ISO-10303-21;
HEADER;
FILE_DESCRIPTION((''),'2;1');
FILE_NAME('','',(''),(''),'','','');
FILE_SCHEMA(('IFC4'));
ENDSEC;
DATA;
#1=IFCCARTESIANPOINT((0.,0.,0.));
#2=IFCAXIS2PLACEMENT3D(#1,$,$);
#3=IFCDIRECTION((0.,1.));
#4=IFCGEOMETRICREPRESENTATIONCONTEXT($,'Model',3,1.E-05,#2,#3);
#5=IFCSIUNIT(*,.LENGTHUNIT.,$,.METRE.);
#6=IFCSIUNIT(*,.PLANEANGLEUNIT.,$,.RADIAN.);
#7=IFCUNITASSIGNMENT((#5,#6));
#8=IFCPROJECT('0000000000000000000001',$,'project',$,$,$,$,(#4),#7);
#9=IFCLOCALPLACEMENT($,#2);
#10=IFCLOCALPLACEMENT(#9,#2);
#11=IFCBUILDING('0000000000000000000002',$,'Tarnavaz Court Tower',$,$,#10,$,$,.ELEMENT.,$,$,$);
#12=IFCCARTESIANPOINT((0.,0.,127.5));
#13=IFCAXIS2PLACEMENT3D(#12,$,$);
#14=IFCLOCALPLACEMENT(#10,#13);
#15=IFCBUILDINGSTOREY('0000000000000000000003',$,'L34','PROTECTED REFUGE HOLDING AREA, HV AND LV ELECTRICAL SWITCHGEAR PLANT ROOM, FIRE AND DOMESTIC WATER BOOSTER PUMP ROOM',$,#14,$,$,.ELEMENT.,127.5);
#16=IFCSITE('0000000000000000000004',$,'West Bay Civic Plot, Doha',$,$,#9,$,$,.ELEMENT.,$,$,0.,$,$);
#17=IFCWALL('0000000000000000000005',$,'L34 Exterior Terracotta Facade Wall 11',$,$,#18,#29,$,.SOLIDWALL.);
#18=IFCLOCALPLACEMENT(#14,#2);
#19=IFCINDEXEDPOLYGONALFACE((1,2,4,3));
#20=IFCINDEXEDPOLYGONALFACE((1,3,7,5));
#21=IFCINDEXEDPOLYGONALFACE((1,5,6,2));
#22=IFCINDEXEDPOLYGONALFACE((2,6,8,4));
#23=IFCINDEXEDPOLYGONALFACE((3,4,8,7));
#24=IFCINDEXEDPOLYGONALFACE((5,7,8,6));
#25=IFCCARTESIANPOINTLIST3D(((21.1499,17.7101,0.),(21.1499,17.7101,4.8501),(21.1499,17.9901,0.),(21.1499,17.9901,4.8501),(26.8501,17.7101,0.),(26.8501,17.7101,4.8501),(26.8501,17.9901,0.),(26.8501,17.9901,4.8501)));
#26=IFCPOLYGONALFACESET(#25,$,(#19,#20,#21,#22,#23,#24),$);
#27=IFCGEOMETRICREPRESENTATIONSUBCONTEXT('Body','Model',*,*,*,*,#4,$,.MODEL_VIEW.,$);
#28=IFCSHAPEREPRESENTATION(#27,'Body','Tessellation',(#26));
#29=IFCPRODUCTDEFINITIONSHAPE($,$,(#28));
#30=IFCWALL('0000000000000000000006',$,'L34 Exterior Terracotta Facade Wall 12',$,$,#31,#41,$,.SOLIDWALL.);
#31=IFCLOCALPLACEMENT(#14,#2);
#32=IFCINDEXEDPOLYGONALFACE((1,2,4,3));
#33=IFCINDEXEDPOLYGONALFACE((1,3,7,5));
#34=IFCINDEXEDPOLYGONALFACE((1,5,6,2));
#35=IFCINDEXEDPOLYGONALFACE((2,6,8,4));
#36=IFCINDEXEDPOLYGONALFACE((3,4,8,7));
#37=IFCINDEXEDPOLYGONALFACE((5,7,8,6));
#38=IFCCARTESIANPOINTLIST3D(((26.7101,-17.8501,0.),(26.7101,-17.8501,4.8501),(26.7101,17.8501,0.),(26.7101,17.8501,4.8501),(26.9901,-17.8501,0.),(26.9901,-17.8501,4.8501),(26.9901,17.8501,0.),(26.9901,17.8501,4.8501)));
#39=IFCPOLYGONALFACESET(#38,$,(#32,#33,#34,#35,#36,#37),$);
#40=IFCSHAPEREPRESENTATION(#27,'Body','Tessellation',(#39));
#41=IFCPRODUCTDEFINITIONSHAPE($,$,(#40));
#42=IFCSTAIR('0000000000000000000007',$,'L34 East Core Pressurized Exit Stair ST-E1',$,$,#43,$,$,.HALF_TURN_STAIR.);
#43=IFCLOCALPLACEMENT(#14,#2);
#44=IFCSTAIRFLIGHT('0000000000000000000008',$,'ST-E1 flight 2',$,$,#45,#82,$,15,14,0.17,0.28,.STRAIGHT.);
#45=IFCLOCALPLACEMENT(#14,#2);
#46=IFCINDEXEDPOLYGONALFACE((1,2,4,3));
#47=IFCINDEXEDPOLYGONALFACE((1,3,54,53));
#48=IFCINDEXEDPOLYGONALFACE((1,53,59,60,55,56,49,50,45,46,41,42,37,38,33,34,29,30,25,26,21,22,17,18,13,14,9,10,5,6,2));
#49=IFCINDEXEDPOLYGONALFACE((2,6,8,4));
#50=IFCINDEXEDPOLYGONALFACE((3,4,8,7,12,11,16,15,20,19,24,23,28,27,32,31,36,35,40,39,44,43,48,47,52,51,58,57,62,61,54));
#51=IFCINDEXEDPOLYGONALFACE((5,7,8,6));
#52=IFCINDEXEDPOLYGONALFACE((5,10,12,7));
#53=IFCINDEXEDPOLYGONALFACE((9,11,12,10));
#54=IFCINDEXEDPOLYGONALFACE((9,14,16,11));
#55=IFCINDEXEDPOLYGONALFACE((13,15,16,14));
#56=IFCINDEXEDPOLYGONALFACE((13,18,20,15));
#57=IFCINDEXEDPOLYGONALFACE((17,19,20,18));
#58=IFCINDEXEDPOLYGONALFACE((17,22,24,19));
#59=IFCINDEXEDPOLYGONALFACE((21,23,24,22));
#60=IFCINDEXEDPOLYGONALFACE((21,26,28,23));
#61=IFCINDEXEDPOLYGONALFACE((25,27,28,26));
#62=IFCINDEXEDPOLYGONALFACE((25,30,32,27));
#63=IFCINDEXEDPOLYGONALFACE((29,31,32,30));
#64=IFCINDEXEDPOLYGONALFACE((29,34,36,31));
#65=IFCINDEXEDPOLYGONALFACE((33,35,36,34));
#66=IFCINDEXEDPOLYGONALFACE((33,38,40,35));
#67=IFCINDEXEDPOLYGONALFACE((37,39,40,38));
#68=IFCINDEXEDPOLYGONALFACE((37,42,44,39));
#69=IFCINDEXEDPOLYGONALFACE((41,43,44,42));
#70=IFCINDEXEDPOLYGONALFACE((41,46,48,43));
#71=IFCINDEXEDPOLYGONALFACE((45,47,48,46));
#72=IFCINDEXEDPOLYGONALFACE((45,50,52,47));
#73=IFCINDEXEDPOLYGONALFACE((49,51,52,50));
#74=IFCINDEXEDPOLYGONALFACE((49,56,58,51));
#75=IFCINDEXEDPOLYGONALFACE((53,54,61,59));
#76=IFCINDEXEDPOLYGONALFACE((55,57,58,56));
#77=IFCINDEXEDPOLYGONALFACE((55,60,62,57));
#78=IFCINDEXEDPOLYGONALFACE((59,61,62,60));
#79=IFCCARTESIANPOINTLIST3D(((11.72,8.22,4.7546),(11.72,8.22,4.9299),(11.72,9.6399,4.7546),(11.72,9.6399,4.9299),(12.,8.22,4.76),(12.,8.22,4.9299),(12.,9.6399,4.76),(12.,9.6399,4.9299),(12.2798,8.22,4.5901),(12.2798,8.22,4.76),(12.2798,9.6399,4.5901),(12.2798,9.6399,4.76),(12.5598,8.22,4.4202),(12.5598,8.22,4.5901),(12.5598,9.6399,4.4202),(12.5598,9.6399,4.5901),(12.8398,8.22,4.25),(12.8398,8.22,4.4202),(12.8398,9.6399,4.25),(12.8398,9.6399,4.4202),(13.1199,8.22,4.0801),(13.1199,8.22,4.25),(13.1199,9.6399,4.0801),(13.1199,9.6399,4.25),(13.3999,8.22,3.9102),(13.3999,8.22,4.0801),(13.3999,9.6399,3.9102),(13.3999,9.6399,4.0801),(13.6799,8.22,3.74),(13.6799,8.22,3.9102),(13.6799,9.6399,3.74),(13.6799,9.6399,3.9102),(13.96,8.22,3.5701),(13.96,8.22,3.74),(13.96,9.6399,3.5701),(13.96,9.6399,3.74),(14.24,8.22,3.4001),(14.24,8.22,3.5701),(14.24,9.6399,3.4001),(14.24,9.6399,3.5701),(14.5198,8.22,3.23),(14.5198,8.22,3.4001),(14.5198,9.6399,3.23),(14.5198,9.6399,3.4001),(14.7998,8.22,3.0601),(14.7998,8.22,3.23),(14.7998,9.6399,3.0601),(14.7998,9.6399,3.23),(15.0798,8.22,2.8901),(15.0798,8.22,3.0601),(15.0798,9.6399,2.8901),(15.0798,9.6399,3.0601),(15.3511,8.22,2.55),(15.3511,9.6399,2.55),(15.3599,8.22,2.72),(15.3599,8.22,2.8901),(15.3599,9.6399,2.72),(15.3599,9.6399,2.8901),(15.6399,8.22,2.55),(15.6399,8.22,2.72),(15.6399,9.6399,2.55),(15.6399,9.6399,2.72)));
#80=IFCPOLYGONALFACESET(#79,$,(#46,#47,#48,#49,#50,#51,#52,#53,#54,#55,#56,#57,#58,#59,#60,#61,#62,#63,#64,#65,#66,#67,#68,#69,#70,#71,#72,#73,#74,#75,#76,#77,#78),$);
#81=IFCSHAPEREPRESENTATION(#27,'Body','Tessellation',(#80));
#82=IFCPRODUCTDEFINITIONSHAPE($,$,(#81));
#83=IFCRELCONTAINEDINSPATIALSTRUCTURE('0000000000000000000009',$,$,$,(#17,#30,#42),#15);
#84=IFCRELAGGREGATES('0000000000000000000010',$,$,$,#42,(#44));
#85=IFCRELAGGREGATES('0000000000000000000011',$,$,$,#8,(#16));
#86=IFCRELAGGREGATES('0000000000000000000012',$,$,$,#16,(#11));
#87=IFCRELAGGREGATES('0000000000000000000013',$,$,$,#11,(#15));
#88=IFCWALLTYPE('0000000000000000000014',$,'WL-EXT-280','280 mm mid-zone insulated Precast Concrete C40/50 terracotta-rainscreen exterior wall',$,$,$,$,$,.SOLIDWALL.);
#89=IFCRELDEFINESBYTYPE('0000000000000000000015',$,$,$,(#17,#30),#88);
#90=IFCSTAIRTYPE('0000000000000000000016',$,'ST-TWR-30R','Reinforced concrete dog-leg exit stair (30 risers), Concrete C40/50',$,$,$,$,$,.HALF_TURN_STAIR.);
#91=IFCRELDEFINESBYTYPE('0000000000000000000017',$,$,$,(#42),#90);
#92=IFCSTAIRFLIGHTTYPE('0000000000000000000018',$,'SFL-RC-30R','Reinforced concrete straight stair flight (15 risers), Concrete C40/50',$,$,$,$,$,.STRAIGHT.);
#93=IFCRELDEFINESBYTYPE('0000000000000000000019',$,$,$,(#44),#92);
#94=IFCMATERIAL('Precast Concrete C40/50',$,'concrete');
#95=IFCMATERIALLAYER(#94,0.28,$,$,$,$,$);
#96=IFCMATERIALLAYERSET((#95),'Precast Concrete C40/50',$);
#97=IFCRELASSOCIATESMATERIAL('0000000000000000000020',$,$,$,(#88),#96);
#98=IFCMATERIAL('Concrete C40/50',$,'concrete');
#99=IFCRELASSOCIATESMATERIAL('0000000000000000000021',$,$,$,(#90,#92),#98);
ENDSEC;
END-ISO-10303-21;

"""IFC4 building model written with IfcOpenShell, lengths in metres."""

from ifc_helpers import new_model, si_unit, direction, frame, frame_2d, origin, place, context, subcontext, project, spatial, polyline, rectangle, outline, extrude, material, layer, layer_set, type_object, element, aggregate, save


model = new_model("IFC4")

# Units and contexts
model_context = context("Model", 3, precision=1e-05, world=origin(), true_north=direction((0.0, 1.0)))
body_context = subcontext(model_context, "Body", "Model", "MODEL_VIEW")
ifc_project = project(units=[si_unit("LENGTHUNIT", "METRE"), si_unit("PLANEANGLEUNIT", "RADIAN")], contexts=[model_context])

# Site, building, storey
site_placement = place(None, origin())
site = spatial("IfcSite", under=ifc_project, at=site_placement, Name="West Bay Civic Plot, Doha", CompositionType="ELEMENT", RefElevation=0.0)
building_placement = place(site_placement, origin())
building = spatial("IfcBuilding", under=site, at=building_placement, Name="Tarnavaz Court Tower", CompositionType="ELEMENT")
storey_placement = place(building_placement, frame((0.0, 0.0, 127.5)))
storey = spatial("IfcBuildingStorey", under=building, at=storey_placement, Name="L34", Description="PROTECTED REFUGE HOLDING AREA, HV AND LV ELECTRICAL SWITCHGEAR PLANT ROOM, FIRE AND DOMESTIC WATER BOOSTER PUMP ROOM", CompositionType="ELEMENT", Elevation=127.5)

# Walls
ifc_material_1 = material(Name="Precast Concrete C40/50", Category="concrete")
ifc_layer_1 = layer(ifc_material_1, 0.28)
ifc_layer_set_1 = layer_set([ifc_layer_1], Name="Precast Concrete C40/50")
wall_type = type_object("IfcWallType", Name="WL-EXT-280", Description="280 mm mid-zone insulated Precast Concrete C40/50 terracotta-rainscreen exterior wall", PredefinedType="SOLIDWALL", material=ifc_layer_set_1)
wall_1_placement = place(storey_placement, frame((21.1499, 17.8501, 0.0), z_axis=(0.0, 0.0, 1.0), x_axis=(1.0, 0.0, 0.0)))
element("IfcWall", 1, at=wall_1_placement, inside=storey, type_object=wall_type, Name="L34 Exterior Terracotta Facade Wall 11", PredefinedType="SOLIDWALL", context=body_context, shape_type="SweptSolid", body=[
    extrude(rectangle(XDim=5.7002, YDim=0.28, at=frame_2d((2.8501, 0.0))), origin(), (0.0, 0.0, 1.0), 4.8501),
])
wall_2_placement = place(storey_placement, frame((26.8501, 17.8501, 0.0), z_axis=(0.0, 0.0, 1.0), x_axis=(0.0, -1.0, 0.0)))
element("IfcWall", 2, at=wall_2_placement, inside=storey, type_object=wall_type, Name="L34 Exterior Terracotta Facade Wall 12", PredefinedType="SOLIDWALL", context=body_context, shape_type="SweptSolid", body=[
    extrude(rectangle(XDim=35.7002, YDim=0.28, at=frame_2d((17.8501, 0.0))), origin(), (0.0, 0.0, 1.0), 4.8501),
])

# Stair, stair flight
ifc_material_2 = material(Name="Concrete C40/50", Category="concrete")
stair_type = type_object("IfcStairType", Name="ST-TWR-30R", Description="Reinforced concrete dog-leg exit stair (30 risers), Concrete C40/50", PredefinedType="HALF_TURN_STAIR", material=ifc_material_2)
stair_placement = place(storey_placement, origin())
stair = element("IfcStair", 3, at=stair_placement, inside=storey, type_object=stair_type, Name="L34 East Core Pressurized Exit Stair ST-E1", PredefinedType="HALF_TURN_STAIR")
stair_flight_type = type_object("IfcStairFlightType", Name="SFL-RC-30R", Description="Reinforced concrete straight stair flight (15 risers), Concrete C40/50", PredefinedType="STRAIGHT", material=ifc_material_2)
stair_flight_placement = place(storey_placement, frame((15.6399, 8.9299, 2.55), z_axis=(0.0, 0.0, 1.0), x_axis=(-1.0, 0.0, 0.0)))
stair_flight = element("IfcStairFlight", 4, at=stair_flight_placement, type_object=stair_flight_type, Name="ST-E1 flight 2", NumberOfRisers=15, NumberOfTreads=14, PredefinedType="STRAIGHT", RiserHeight=0.17, TreadLength=0.28, context=body_context, shape_type="SweptSolid", body=[
    extrude(outline(polyline([(0.0, 0.0), (0.0, 0.1699), (0.28, 0.1699), (0.28, 0.3401), (0.5601, 0.3401), (0.5601, 0.51), (0.8401, 0.51), (0.8401, 0.6799), (1.1201, 0.6799), (1.1201, 0.8501), (1.3999, 0.8501), (1.3999, 1.02), (1.6799, 1.02), (1.6799, 1.1899), (1.96, 1.1899), (1.96, 1.3601), (2.24, 1.3601), (2.24, 1.53), (2.52, 1.53), (2.52, 1.7), (2.8, 1.7), (2.8, 1.8701), (3.0801, 1.8701), (3.0801, 2.04), (3.3601, 2.04), (3.3601, 2.21), (3.6399, 2.21), (3.6399, 2.3799), (3.9199, 2.3799), (3.9199, 2.55), (3.9199, 2.2046), (0.2888, 0.0), (0.0, 0.0)])), frame((0.0, 0.71, 0.0), z_axis=(0.0, -1.0, 0.0), x_axis=(1.0, 0.0, 0.0)), (0.0, 0.0, 1.0), 1.4199),
])
aggregate(stair, [stair_flight])

save(model, "model.ifc")
